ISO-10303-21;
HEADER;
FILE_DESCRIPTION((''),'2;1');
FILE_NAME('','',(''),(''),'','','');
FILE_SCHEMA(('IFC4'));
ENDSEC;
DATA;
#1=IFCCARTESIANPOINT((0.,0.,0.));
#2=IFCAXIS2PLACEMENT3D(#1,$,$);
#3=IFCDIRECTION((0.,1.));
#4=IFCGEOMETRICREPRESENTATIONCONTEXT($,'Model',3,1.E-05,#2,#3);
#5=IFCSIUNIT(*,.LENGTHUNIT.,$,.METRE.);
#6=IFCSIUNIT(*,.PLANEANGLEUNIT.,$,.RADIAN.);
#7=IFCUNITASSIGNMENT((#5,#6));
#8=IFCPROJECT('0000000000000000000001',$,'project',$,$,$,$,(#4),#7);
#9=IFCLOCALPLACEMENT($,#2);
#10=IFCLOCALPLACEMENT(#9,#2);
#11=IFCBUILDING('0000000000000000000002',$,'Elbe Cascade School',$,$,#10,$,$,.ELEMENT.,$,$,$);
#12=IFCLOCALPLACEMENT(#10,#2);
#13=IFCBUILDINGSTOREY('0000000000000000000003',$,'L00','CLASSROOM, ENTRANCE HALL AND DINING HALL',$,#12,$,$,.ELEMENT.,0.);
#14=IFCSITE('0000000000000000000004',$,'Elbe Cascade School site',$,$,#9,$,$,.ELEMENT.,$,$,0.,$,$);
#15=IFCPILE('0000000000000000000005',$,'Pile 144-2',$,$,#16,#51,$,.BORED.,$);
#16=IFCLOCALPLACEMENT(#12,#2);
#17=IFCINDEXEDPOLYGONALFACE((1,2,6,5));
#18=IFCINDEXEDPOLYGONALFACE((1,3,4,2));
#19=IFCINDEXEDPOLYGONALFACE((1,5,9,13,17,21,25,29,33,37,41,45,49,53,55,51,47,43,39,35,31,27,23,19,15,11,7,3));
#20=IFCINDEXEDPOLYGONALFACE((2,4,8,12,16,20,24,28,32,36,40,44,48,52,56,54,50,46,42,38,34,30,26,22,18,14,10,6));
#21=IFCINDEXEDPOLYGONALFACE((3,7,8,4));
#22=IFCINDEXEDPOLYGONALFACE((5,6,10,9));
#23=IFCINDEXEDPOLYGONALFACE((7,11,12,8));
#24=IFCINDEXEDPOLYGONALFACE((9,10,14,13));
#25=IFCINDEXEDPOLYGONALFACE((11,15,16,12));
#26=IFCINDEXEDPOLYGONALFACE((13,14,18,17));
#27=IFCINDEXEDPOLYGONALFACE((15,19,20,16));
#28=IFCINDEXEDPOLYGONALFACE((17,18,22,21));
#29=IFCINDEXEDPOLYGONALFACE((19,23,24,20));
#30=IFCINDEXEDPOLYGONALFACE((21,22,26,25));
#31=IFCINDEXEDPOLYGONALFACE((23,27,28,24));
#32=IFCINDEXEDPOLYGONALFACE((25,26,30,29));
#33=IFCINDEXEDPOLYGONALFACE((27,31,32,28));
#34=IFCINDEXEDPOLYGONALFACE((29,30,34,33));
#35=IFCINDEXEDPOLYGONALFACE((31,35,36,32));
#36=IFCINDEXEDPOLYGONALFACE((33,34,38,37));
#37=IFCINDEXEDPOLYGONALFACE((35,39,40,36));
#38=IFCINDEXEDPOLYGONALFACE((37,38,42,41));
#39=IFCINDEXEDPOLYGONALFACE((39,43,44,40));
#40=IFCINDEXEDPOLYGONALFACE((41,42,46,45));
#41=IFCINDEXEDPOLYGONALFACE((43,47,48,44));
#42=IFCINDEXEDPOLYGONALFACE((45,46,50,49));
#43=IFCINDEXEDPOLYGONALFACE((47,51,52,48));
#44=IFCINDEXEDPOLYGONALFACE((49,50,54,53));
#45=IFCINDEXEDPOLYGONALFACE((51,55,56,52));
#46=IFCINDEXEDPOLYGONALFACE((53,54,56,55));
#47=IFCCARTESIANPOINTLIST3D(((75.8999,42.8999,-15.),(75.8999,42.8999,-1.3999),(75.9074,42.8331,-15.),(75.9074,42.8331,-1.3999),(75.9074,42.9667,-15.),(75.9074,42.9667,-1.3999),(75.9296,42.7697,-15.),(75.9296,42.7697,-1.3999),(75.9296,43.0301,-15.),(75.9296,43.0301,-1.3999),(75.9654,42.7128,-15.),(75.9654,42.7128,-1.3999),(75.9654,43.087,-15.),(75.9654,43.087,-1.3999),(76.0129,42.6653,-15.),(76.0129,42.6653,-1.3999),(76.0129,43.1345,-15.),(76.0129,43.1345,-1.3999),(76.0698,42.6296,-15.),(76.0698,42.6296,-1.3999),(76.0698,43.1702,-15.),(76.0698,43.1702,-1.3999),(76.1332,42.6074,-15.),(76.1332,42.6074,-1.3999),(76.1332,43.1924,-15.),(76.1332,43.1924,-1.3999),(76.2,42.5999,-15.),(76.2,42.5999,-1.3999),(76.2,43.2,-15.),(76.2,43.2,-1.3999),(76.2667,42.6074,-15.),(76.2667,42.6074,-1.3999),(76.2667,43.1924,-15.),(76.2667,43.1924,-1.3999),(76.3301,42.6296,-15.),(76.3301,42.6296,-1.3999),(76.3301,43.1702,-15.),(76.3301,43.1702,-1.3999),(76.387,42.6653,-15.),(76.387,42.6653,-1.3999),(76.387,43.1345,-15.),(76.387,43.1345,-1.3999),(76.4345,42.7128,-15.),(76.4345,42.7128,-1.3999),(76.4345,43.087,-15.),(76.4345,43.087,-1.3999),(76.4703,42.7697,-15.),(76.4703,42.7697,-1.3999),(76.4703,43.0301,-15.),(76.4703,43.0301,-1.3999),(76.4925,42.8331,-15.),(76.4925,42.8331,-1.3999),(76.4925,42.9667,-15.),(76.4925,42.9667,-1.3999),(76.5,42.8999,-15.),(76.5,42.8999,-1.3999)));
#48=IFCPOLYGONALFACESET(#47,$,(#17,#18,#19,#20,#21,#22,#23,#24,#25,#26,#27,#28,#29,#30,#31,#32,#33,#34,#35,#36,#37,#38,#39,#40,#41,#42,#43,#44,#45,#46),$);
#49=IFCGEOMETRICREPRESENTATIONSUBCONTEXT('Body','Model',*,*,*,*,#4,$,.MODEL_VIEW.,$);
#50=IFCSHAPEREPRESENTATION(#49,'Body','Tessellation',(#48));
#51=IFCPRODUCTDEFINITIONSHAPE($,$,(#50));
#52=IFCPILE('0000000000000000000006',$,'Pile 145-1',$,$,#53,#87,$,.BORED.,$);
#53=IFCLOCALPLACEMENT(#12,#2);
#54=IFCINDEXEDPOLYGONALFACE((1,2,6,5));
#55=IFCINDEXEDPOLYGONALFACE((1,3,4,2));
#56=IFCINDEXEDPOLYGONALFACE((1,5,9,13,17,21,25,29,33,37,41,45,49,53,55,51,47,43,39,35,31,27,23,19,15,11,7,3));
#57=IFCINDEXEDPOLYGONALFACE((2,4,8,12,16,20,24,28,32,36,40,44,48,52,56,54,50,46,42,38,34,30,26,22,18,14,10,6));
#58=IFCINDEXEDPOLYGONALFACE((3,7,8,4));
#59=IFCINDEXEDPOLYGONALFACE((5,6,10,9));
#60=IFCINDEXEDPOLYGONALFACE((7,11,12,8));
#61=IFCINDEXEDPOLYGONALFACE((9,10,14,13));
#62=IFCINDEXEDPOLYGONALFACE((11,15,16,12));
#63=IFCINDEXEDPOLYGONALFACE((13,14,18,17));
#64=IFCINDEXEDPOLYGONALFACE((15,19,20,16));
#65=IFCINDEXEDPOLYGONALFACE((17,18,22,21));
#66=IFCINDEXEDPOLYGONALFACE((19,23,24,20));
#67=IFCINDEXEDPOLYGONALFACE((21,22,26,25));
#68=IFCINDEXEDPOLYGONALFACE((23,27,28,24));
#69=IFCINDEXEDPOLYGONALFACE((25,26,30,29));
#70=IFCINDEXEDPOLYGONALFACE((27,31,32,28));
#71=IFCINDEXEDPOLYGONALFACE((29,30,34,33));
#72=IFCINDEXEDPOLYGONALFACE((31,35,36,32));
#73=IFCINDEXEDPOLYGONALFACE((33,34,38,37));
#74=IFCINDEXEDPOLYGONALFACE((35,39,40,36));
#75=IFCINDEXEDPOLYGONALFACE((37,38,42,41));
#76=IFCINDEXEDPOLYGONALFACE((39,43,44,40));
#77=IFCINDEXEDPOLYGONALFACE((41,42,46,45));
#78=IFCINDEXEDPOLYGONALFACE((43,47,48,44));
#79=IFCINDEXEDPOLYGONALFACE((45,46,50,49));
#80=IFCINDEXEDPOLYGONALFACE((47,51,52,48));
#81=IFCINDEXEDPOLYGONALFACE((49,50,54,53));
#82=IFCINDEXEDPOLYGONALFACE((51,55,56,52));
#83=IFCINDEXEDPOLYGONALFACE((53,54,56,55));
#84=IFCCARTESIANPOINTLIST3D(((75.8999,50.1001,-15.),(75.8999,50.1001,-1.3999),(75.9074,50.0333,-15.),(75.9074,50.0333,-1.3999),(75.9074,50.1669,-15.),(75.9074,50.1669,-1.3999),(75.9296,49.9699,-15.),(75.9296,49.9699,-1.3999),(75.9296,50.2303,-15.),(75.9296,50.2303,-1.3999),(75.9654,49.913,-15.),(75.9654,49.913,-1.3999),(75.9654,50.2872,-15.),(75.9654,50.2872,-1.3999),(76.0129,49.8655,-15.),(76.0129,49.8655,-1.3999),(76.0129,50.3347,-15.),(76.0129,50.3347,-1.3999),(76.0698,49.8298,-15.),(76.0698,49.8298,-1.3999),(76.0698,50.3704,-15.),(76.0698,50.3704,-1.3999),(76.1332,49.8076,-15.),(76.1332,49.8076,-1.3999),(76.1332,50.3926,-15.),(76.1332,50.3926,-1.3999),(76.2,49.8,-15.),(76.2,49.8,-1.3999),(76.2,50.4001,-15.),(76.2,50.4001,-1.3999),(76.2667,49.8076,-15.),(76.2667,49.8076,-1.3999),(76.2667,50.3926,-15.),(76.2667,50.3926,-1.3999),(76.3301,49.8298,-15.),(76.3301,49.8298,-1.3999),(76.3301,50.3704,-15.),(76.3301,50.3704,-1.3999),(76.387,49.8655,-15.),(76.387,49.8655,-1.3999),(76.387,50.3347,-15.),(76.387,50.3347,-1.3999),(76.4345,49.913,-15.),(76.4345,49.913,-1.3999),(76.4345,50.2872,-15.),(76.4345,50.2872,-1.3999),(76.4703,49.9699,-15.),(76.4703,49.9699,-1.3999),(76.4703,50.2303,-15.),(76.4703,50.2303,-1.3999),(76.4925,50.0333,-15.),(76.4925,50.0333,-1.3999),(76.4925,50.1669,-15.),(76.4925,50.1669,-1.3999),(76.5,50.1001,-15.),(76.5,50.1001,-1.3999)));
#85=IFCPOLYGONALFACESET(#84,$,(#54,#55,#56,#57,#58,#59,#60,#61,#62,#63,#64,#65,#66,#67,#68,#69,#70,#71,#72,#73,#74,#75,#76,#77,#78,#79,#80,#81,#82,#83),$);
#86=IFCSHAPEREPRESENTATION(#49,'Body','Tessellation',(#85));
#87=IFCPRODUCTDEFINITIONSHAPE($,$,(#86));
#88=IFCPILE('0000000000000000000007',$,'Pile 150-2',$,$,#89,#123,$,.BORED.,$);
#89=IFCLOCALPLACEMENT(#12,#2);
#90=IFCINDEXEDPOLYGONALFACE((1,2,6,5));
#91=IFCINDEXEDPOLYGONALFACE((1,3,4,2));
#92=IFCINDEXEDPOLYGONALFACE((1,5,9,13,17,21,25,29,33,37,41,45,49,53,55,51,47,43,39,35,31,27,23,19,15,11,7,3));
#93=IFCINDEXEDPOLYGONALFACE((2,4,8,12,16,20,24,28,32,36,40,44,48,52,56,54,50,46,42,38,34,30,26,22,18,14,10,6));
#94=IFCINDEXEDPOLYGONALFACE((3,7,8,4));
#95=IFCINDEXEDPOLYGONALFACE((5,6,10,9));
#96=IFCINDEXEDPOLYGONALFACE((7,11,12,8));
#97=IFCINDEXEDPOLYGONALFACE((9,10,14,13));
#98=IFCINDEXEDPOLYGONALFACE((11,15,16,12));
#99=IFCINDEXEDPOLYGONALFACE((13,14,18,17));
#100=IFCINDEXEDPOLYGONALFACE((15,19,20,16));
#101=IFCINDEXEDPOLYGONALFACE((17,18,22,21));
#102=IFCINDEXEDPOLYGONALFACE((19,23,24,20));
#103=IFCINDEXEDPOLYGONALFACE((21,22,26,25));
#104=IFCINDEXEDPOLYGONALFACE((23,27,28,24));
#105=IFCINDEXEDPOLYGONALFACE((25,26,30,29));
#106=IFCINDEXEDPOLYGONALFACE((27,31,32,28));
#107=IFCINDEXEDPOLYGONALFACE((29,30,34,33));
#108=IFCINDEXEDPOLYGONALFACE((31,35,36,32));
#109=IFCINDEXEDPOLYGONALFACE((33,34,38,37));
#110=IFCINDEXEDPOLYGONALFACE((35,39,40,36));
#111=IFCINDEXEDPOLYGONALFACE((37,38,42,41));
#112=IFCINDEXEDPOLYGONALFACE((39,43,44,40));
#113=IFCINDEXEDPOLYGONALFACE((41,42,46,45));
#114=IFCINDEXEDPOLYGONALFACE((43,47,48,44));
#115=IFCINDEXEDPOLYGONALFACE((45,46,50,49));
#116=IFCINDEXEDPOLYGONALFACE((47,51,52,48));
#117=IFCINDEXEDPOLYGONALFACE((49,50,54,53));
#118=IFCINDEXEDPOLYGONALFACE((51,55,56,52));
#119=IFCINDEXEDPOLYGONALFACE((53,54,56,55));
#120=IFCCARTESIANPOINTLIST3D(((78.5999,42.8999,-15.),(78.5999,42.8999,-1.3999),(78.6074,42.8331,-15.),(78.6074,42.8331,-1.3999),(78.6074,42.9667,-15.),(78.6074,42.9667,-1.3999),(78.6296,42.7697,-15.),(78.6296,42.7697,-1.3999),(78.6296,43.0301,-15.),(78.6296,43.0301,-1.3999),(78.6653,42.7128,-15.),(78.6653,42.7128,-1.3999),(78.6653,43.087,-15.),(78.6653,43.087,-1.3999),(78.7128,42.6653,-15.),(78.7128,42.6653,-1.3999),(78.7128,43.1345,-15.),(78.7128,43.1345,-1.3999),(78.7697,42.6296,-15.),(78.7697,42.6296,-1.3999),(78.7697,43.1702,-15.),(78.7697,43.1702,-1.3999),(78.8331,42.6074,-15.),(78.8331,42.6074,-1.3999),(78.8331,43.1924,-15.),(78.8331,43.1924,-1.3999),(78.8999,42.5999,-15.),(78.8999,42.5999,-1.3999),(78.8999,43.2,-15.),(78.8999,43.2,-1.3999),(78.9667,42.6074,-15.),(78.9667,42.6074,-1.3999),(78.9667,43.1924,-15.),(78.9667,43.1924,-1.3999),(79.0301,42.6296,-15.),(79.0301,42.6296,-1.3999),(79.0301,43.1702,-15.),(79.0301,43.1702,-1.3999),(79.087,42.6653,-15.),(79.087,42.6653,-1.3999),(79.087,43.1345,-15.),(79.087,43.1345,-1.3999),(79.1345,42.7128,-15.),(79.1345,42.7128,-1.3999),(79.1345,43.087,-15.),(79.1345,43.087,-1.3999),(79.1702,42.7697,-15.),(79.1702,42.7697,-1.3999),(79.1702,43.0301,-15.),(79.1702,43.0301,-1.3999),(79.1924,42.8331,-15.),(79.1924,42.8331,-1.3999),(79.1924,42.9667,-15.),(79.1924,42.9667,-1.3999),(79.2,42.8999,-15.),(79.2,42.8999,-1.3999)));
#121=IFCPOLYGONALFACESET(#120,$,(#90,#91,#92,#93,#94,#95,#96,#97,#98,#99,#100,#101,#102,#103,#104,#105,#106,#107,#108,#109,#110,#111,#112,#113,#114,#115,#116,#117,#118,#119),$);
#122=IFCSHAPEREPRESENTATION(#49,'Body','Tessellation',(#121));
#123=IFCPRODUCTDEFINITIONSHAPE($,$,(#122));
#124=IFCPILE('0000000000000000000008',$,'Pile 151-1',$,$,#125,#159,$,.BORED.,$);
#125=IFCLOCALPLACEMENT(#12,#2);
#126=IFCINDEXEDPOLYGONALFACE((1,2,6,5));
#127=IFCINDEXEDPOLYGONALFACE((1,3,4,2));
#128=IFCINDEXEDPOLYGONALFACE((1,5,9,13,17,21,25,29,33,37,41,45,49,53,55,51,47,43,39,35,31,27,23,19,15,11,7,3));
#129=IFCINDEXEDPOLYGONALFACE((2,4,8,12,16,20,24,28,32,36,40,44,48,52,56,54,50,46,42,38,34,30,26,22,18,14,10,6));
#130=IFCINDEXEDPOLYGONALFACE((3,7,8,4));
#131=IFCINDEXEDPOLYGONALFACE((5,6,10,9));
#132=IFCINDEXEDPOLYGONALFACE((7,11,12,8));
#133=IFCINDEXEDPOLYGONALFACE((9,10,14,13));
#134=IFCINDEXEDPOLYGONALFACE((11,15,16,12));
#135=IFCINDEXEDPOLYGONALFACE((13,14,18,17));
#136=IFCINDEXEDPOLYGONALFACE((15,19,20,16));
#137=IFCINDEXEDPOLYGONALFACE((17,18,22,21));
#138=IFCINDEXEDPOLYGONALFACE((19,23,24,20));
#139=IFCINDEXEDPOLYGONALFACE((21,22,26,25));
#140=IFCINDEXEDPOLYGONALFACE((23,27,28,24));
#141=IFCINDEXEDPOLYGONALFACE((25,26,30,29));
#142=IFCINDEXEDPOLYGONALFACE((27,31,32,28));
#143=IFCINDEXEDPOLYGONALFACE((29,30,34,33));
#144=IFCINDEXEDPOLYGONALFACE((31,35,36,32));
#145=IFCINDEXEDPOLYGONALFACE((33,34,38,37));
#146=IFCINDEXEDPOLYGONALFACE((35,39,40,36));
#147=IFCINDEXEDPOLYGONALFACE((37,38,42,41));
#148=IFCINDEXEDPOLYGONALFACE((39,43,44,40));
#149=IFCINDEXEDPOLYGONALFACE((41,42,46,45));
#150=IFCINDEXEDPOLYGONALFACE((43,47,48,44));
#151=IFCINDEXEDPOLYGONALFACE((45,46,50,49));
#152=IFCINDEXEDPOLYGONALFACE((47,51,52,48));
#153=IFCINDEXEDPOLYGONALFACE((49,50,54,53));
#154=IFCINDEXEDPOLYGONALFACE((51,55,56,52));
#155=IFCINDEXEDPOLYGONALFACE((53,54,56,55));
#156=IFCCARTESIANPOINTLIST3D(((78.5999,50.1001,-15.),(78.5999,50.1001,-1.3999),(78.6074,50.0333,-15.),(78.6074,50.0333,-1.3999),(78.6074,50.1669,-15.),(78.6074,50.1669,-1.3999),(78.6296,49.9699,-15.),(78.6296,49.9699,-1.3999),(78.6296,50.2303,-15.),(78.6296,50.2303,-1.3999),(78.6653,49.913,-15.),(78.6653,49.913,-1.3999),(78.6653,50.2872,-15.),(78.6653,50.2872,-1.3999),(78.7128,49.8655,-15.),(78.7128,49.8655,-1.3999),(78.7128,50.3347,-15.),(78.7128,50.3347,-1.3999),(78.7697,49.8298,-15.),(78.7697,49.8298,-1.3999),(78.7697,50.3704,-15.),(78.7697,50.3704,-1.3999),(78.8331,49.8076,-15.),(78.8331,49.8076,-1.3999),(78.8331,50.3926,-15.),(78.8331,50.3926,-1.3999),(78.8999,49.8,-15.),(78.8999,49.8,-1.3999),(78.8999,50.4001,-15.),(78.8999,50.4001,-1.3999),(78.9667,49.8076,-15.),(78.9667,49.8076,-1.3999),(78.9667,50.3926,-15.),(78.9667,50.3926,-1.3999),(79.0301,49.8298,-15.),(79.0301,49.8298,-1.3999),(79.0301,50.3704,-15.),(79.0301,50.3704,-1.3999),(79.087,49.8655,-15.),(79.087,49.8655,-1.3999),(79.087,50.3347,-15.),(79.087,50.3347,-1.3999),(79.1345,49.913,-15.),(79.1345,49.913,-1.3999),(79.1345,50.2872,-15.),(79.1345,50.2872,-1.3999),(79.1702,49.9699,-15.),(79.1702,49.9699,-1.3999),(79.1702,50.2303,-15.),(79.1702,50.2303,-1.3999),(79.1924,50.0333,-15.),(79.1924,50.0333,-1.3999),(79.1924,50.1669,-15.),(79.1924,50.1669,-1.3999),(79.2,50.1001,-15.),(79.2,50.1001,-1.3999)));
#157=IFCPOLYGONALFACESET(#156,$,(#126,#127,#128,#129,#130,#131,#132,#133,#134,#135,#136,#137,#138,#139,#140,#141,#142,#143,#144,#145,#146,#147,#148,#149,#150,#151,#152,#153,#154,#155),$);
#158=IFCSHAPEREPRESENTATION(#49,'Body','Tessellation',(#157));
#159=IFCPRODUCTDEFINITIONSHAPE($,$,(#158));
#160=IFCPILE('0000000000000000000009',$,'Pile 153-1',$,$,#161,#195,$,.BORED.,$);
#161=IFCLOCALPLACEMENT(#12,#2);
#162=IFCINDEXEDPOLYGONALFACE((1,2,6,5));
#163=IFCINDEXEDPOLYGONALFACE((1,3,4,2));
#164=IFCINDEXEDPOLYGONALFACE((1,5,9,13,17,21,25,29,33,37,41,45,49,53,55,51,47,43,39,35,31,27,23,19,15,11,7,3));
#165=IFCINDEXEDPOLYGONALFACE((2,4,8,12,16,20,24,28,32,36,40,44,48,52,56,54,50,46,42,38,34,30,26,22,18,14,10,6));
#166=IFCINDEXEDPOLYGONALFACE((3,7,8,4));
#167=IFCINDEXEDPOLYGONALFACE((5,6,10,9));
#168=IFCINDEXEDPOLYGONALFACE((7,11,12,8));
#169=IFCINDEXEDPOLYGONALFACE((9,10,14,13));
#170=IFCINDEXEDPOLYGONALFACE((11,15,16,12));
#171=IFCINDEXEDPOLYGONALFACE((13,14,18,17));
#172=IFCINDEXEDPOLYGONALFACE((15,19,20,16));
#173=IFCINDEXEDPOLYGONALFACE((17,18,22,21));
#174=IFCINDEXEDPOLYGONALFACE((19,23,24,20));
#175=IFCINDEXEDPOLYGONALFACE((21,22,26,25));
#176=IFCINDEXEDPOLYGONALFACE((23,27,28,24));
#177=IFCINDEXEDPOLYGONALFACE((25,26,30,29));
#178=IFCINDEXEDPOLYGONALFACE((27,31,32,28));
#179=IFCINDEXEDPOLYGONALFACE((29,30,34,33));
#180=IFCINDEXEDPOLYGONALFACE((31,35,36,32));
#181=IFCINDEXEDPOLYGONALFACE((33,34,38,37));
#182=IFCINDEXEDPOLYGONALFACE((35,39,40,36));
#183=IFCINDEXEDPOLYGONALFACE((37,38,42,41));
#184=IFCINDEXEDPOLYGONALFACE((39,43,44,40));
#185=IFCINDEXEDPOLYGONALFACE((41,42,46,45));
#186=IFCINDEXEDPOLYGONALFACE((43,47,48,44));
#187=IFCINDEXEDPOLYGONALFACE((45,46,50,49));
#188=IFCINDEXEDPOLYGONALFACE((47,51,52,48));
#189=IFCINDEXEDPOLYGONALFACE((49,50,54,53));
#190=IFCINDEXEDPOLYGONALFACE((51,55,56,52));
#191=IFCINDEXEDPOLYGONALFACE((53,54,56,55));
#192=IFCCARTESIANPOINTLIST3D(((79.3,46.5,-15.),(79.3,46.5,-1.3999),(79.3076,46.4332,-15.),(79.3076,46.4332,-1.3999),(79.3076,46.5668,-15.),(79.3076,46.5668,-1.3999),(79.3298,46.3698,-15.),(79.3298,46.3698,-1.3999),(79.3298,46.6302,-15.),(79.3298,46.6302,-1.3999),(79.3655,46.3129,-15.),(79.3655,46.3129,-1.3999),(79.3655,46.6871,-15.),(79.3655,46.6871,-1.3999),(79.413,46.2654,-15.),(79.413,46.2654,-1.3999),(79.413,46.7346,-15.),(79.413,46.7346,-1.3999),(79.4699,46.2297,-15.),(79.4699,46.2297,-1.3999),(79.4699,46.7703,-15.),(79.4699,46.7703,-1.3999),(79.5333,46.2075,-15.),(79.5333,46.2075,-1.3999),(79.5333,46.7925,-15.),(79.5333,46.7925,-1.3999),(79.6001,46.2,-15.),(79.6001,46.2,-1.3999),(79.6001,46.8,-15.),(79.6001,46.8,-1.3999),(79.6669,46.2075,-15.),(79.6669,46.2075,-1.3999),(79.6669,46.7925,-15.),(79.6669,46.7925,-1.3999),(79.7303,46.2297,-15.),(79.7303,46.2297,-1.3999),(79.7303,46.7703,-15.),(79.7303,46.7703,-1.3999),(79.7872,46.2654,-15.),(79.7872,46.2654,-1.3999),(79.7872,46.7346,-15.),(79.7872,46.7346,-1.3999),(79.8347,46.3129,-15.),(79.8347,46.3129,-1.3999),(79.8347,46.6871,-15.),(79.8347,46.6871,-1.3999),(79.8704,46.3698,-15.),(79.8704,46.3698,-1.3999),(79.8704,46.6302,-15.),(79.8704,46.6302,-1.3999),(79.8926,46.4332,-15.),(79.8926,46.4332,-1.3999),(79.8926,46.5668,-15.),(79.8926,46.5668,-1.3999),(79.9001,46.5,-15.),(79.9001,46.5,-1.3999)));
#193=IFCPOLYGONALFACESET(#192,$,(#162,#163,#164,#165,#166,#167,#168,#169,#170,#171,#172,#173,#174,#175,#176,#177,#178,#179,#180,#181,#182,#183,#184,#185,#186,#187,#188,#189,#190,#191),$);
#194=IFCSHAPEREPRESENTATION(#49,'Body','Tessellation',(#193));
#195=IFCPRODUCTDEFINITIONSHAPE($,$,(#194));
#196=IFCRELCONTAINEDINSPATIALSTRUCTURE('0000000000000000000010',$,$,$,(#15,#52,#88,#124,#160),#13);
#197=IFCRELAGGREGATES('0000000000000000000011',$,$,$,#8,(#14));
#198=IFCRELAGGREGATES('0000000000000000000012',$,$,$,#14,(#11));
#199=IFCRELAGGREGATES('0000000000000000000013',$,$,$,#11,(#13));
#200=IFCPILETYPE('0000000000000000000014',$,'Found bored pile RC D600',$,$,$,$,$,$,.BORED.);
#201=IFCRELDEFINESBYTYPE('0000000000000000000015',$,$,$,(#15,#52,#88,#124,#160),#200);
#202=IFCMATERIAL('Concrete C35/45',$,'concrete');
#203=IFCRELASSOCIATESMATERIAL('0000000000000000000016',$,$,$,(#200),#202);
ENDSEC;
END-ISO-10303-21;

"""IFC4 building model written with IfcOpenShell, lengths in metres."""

from ifc_helpers import new_model, si_unit, direction, frame, origin, origin_2d, place, context, subcontext, project, spatial, circle, extrude, material, material_profile, profile_set, type_object, element, save


model = new_model("IFC4")

# Units and contexts
model_context = context("Model", 3, precision=1e-05, world=origin(), true_north=direction((0.0, 1.0)))
body_context = subcontext(model_context, "Body", "Model", "MODEL_VIEW")
ifc_project = project(units=[si_unit("LENGTHUNIT", "METRE"), si_unit("PLANEANGLEUNIT", "RADIAN")], contexts=[model_context])

# Site, building, storey
site_placement = place(None, origin())
site = spatial("IfcSite", under=ifc_project, at=site_placement, Name="Elbe Cascade School site", CompositionType="ELEMENT", RefElevation=0.0)
building_placement = place(site_placement, origin())
building = spatial("IfcBuilding", under=site, at=building_placement, Name="Elbe Cascade School", CompositionType="ELEMENT")
storey_placement = place(building_placement, origin())
storey = spatial("IfcBuildingStorey", under=building, at=storey_placement, Name="L00", Description="CLASSROOM, ENTRANCE HALL AND DINING HALL", CompositionType="ELEMENT", Elevation=0.0)

# Piles
ifc_material_1 = material(Name="Concrete C35/45", Category="concrete")
ifc_material_profile_1 = material_profile(ifc_material_1, circle(Radius=0.3, at=origin_2d()), Name="RC D600")
ifc_profile_set_1 = profile_set([ifc_material_profile_1], Name="Concrete C35/45")
pile_type = type_object("IfcPileType", Name="Found bored pile RC D600", PredefinedType="BORED", material=ifc_profile_set_1)
for number, where, z_axis, x_axis, name in (
    (1, (76.2, 42.8999, -1.3999), (0.0, 0.0, -1.0), (1.0, 0.0, 0.0), "Pile 144-2"),
    (2, (76.2, 50.1001, -1.3999), (0.0, 0.0, -1.0), (1.0, 0.0, 0.0), "Pile 145-1"),
    (3, (78.8999, 42.8999, -1.3999), (0.0, 0.0, -1.0), (1.0, 0.0, 0.0), "Pile 150-2"),
    (4, (78.8999, 50.1001, -1.3999), (0.0, 0.0, -1.0), (1.0, 0.0, 0.0), "Pile 151-1"),
    (5, (79.6001, 46.5, -1.3999), (0.0, 0.0, -1.0), (1.0, 0.0, 0.0), "Pile 153-1"),
):
    element("IfcPile", number, at=place(storey_placement, frame(where, z_axis=z_axis, x_axis=x_axis)), inside=storey, type_object=pile_type, Name=name, PredefinedType="BORED", context=body_context, shape_type="SweptSolid", body=[
        extrude(circle(Radius=0.3, at=origin_2d()), origin(), (0.0, 0.0, 1.0), 13.6001),
    ])

save(model, "model.ifc")
